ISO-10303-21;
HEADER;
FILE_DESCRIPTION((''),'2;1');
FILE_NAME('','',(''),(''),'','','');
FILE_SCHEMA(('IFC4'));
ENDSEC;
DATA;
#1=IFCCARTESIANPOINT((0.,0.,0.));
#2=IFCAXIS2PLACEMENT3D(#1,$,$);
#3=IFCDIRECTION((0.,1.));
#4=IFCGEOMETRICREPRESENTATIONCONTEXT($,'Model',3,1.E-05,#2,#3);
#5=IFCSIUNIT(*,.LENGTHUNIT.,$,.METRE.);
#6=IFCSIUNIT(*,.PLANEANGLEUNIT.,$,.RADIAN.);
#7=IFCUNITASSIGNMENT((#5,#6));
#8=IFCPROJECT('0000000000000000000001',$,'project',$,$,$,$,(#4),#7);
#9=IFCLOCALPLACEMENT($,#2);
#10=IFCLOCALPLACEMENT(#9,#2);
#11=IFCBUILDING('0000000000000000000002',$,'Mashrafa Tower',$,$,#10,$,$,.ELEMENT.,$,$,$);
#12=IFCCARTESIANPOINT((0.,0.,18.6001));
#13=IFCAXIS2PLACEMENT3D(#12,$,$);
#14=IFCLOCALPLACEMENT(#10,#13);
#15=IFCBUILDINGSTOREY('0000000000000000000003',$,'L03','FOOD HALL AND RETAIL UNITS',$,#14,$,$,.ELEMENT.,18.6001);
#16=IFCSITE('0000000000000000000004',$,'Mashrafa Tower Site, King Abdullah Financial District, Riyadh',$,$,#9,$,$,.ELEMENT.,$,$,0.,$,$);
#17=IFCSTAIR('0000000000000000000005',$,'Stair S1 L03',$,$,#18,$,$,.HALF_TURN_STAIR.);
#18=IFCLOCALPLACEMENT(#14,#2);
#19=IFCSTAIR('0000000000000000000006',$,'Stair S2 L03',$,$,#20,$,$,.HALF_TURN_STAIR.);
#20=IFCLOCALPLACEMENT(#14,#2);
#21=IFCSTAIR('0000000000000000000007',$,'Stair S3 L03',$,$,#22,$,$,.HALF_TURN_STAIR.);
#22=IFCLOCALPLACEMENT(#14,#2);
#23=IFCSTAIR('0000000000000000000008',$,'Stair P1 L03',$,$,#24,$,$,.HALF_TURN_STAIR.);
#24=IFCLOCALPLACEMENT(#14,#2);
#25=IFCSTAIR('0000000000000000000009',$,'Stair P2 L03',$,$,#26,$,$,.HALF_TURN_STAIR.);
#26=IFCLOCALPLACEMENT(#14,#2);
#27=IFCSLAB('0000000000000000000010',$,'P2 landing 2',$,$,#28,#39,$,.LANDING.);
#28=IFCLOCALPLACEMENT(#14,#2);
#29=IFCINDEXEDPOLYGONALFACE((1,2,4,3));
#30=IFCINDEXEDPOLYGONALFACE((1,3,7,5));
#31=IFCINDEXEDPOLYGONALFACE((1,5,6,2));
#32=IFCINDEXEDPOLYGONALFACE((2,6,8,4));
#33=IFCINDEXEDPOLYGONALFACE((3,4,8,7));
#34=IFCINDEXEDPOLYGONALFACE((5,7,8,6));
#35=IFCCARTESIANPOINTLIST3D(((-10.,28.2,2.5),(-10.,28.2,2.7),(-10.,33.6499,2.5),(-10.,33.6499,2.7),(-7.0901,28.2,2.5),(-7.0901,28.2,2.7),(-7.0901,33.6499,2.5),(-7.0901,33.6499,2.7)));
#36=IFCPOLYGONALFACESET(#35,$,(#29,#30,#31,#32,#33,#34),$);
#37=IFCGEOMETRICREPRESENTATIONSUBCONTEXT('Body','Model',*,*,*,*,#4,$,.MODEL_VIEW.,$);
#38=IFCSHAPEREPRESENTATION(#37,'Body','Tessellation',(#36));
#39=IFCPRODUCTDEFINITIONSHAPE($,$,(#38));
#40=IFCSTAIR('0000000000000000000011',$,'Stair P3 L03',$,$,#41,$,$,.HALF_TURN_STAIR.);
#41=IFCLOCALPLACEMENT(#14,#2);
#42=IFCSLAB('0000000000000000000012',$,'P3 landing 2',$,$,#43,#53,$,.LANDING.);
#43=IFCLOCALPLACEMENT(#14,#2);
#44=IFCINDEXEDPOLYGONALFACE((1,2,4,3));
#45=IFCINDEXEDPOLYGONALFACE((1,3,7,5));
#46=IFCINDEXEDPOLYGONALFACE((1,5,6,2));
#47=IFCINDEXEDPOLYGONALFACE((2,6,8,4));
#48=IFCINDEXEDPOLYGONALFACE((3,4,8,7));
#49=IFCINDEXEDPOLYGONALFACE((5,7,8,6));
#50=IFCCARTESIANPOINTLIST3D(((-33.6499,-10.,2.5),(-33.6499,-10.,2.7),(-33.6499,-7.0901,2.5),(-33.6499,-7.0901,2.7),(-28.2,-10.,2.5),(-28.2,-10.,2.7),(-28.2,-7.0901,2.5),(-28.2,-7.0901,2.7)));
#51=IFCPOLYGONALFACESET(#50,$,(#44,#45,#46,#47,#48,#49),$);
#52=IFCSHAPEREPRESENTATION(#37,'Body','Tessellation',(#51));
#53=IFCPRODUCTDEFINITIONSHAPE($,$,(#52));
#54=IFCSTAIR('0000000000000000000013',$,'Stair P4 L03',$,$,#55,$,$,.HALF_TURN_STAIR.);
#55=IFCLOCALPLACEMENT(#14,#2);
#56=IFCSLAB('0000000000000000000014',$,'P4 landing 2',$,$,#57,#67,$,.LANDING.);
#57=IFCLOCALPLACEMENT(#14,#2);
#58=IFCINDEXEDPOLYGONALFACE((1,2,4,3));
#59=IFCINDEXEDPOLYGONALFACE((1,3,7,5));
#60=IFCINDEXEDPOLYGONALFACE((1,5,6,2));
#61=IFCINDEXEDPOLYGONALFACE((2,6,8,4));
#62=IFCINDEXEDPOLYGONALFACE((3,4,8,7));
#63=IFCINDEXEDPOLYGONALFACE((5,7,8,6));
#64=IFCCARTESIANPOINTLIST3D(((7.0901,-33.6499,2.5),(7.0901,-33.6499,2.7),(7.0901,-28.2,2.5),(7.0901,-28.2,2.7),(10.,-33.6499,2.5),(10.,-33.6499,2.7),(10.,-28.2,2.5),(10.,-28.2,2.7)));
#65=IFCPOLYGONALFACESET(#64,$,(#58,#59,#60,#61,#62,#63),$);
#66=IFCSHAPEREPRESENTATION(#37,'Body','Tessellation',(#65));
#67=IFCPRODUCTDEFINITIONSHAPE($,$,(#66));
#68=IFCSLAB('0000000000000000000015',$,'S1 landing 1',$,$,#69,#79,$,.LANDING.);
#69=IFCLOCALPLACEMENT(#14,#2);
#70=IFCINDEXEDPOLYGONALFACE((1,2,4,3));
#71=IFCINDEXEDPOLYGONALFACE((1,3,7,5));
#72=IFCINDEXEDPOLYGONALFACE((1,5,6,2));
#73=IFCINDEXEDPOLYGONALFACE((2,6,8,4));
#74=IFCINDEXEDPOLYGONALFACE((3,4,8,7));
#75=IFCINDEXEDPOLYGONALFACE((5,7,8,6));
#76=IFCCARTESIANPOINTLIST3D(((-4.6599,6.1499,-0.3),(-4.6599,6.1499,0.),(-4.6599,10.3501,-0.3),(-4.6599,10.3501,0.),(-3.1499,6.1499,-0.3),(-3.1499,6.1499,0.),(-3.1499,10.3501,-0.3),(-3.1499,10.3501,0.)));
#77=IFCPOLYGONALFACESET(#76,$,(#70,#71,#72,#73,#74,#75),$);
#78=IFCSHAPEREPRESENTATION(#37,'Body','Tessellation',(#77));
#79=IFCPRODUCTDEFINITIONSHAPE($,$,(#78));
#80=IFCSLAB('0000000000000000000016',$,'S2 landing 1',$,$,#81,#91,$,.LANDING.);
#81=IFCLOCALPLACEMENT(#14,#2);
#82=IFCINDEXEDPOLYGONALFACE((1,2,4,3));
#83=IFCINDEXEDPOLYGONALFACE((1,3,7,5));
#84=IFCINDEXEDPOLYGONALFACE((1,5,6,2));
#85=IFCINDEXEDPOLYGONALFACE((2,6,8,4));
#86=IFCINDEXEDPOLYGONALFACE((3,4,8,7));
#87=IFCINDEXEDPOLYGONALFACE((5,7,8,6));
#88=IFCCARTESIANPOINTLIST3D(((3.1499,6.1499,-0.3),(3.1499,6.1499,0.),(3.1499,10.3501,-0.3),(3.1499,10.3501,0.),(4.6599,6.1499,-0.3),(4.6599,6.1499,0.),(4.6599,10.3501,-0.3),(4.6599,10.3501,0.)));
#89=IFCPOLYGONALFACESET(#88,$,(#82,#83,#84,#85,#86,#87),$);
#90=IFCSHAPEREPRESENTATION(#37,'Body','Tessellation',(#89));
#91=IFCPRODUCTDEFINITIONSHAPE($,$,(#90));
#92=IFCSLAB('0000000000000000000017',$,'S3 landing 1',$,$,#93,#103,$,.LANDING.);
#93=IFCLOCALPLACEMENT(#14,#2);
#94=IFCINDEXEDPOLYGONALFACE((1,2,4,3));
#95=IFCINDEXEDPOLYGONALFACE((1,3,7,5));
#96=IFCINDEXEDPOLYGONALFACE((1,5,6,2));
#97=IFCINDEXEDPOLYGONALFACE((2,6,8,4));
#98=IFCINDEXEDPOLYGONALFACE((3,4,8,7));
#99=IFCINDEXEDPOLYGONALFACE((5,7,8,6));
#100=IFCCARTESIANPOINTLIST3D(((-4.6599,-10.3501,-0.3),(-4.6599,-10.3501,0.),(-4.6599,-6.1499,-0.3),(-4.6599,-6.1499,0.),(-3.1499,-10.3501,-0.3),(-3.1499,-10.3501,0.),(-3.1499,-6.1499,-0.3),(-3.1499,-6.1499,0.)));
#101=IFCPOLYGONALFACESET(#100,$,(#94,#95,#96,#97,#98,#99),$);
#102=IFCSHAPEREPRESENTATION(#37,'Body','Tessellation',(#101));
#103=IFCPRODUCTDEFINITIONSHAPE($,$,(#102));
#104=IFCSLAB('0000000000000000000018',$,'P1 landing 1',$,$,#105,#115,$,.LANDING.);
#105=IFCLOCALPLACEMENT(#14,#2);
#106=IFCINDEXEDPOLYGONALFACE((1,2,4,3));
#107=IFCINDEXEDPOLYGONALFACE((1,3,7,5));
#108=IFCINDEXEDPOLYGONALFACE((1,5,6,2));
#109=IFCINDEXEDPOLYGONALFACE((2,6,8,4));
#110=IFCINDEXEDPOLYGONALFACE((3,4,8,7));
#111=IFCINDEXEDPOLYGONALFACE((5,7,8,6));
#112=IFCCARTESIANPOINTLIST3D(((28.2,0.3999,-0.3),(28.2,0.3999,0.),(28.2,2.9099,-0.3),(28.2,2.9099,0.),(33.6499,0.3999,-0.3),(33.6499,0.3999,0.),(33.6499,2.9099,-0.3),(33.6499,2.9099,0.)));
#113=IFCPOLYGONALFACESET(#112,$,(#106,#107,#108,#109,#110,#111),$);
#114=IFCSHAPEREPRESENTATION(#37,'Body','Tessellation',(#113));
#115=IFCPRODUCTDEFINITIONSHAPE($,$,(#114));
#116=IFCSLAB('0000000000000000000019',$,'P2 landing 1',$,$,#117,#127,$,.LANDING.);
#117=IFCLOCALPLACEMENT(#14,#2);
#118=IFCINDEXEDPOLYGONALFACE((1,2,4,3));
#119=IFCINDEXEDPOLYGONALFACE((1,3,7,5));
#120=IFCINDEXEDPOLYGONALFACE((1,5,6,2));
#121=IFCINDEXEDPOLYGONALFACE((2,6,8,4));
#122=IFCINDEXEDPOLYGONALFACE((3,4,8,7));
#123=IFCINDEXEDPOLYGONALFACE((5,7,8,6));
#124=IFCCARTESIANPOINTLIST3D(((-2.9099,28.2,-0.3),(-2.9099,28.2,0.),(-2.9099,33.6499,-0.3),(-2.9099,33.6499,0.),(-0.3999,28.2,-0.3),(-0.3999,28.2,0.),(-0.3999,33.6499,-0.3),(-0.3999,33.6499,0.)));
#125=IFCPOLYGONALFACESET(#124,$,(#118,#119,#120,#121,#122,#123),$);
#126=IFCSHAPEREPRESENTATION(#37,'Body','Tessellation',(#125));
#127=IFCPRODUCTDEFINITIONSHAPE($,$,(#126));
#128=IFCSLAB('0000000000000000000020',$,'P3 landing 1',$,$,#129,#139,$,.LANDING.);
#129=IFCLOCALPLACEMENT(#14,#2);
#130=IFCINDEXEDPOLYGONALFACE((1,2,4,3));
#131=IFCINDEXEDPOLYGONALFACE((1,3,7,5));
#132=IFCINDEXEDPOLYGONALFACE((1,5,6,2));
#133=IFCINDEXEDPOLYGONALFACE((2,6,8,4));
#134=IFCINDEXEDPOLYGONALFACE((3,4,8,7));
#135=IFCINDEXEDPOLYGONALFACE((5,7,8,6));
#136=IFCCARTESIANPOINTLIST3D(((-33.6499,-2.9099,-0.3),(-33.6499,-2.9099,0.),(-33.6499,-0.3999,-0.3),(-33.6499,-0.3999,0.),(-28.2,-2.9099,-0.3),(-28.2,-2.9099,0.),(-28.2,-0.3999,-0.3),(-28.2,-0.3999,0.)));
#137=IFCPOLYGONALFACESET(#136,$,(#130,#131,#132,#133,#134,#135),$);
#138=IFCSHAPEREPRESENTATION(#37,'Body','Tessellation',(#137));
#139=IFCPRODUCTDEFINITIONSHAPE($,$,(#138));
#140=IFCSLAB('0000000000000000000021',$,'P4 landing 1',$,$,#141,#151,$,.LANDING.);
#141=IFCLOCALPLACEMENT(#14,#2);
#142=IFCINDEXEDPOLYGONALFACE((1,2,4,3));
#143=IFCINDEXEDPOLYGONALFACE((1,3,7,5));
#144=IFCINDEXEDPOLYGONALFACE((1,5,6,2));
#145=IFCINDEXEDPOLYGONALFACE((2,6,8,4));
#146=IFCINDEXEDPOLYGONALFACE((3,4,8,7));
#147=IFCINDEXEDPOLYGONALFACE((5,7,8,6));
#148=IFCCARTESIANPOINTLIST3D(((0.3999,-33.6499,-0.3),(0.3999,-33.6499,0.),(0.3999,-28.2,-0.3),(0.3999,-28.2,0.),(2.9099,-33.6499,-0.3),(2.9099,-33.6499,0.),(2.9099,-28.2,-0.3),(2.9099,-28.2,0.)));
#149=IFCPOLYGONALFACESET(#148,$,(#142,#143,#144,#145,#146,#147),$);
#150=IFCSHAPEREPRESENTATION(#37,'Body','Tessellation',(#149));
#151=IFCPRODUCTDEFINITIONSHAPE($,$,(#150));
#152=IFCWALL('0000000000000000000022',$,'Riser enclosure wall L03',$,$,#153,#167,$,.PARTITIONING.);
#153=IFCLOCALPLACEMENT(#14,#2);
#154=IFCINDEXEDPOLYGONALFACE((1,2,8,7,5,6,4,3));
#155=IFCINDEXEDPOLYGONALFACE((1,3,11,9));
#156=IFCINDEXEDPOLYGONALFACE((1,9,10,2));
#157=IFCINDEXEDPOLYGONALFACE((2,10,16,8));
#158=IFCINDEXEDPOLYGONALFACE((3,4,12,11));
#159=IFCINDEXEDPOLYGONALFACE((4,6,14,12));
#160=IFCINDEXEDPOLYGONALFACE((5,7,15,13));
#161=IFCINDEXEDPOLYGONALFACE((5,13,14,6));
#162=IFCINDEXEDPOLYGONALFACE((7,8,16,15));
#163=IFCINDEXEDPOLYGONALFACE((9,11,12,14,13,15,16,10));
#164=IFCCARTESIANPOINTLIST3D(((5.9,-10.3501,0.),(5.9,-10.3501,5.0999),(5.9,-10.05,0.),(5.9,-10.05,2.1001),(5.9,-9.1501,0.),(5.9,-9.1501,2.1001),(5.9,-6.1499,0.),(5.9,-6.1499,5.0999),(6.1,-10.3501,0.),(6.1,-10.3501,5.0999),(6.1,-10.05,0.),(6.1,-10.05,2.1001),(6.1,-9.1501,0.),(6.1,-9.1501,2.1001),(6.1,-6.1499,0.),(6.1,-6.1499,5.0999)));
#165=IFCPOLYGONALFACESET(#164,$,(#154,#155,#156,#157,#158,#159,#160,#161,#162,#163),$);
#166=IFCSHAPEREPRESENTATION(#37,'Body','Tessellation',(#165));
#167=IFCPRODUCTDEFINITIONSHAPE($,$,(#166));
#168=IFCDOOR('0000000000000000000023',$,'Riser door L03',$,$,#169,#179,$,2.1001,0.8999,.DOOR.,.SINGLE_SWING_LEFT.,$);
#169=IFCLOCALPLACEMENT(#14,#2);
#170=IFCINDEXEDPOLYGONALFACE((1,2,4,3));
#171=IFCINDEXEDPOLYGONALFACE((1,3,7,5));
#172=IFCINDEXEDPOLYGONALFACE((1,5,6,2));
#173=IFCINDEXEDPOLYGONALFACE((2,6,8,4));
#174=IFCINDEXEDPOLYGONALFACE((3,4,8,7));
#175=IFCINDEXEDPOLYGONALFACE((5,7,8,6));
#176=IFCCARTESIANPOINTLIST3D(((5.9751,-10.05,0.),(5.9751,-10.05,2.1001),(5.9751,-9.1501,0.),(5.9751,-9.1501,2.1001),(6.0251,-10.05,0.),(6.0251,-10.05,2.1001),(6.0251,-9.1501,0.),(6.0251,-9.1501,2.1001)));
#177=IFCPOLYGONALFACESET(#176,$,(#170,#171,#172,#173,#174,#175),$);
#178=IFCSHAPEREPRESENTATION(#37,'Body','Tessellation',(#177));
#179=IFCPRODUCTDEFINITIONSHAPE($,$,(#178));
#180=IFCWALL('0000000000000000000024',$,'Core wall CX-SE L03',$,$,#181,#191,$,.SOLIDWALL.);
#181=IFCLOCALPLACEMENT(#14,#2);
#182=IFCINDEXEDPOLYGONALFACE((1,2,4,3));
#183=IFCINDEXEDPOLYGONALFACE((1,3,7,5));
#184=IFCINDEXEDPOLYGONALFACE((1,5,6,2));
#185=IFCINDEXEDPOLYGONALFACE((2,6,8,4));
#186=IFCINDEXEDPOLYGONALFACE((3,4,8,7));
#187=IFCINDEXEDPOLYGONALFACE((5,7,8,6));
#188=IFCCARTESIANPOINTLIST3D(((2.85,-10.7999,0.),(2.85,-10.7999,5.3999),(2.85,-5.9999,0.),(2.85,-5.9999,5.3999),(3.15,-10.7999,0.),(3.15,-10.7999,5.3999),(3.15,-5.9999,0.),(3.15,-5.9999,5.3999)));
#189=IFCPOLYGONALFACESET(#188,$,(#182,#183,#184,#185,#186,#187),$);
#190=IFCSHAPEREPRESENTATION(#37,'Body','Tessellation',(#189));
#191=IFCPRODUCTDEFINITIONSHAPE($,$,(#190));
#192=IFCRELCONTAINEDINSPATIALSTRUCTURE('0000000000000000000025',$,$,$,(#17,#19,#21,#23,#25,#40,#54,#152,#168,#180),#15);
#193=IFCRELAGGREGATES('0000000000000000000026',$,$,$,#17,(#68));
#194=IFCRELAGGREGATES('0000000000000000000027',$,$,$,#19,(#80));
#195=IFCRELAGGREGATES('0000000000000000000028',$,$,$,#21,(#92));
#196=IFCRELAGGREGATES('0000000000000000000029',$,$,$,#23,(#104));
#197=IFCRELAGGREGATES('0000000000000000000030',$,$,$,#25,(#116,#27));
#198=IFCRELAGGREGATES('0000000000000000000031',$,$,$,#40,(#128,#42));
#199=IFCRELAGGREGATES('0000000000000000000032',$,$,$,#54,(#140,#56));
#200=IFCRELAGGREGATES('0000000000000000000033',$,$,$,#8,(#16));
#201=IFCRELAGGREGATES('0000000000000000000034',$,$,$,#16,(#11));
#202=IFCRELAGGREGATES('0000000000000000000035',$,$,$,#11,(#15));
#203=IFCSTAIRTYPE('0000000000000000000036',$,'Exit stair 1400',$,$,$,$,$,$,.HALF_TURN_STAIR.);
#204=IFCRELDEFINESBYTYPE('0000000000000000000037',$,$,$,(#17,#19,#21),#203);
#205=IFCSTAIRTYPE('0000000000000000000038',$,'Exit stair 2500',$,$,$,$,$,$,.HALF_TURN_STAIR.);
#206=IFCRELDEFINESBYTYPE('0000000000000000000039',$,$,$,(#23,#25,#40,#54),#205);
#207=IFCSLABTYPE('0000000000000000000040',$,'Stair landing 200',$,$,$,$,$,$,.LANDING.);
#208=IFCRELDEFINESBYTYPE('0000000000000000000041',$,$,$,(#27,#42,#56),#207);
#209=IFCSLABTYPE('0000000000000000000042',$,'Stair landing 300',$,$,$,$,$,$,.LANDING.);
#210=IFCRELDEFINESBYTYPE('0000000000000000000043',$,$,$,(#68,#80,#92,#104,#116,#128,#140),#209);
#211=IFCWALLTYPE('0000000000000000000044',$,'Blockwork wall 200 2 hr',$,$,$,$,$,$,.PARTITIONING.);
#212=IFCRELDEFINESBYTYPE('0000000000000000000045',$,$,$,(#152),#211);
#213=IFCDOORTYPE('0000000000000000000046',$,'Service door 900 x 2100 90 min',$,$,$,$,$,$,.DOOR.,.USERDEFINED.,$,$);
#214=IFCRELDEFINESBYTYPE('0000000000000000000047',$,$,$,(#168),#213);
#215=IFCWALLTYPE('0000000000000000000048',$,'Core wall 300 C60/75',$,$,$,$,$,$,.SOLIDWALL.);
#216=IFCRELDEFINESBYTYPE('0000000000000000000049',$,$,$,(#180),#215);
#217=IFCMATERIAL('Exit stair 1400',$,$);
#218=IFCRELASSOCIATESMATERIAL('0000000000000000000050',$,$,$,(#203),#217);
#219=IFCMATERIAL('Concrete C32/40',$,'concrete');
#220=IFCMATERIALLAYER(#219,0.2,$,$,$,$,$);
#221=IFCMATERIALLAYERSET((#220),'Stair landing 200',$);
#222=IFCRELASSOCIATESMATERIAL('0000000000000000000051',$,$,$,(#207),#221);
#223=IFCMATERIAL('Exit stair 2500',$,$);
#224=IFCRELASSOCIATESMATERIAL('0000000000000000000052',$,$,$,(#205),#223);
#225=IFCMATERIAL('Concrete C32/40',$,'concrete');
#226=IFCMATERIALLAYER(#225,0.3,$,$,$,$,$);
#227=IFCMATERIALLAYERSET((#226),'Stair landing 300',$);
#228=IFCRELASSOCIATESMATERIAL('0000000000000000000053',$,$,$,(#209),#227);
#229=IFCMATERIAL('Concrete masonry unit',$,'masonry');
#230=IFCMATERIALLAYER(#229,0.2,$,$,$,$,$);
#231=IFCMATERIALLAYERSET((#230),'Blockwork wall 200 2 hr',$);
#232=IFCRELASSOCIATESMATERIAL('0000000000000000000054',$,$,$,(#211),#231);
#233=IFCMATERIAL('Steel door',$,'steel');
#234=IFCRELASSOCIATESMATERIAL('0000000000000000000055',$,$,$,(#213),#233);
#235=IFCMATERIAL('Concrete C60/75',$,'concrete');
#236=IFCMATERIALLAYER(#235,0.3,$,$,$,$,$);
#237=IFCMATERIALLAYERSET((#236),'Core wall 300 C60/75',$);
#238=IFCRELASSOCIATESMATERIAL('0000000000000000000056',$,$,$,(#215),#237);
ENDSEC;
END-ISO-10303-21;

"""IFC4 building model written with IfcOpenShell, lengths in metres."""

from ifc_helpers import new_model, si_unit, direction, frame, frame_2d, origin, place, context, subcontext, project, spatial, polyline, rectangle, outline, extrude, material, layer, layer_set, type_object, element, fill, aggregate, save


model = new_model("IFC4")

# Units and contexts
model_context = context("Model", 3, precision=1e-05, world=origin(), true_north=direction((0.0, 1.0)))
body_context = subcontext(model_context, "Body", "Model", "MODEL_VIEW")
ifc_project = project(units=[si_unit("LENGTHUNIT", "METRE"), si_unit("PLANEANGLEUNIT", "RADIAN")], contexts=[model_context])

# Site, building, storey
site_placement = place(None, origin())
site = spatial("IfcSite", under=ifc_project, at=site_placement, Name="Mashrafa Tower Site, King Abdullah Financial District, Riyadh", CompositionType="ELEMENT", RefElevation=0.0)
building_placement = place(site_placement, origin())
building = spatial("IfcBuilding", under=site, at=building_placement, Name="Mashrafa Tower", CompositionType="ELEMENT")
storey_placement = place(building_placement, frame((0.0, 0.0, 18.6001)))
storey = spatial("IfcBuildingStorey", under=building, at=storey_placement, Name="L03", Description="FOOD HALL AND RETAIL UNITS", CompositionType="ELEMENT", Elevation=18.6001)

# Stairs, slabs
ifc_material_1 = material(Name="Exit stair 1400")
stair_type_1 = type_object("IfcStairType", Name="Exit stair 1400", PredefinedType="HALF_TURN_STAIR", material=ifc_material_1)
stair_1_placement = place(storey_placement, origin())
stair_1 = element("IfcStair", 1, at=stair_1_placement, inside=storey, type_object=stair_type_1, Name="Stair S1 L03", PredefinedType="HALF_TURN_STAIR")
ifc_material_2 = material(Name="Concrete C32/40", Category="concrete")
ifc_layer_1 = layer(ifc_material_2, 0.2)
ifc_layer_set_1 = layer_set([ifc_layer_1], Name="Stair landing 200")
slab_type_1 = type_object("IfcSlabType", Name="Stair landing 200", PredefinedType="LANDING", material=ifc_layer_set_1)
stair_2_placement = place(storey_placement, origin())
stair_2 = element("IfcStair", 2, at=stair_2_placement, inside=storey, type_object=stair_type_1, Name="Stair S2 L03", PredefinedType="HALF_TURN_STAIR")
stair_3_placement = place(storey_placement, origin())
stair_3 = element("IfcStair", 3, at=stair_3_placement, inside=storey, type_object=stair_type_1, Name="Stair S3 L03", PredefinedType="HALF_TURN_STAIR")
ifc_material_3 = material(Name="Exit stair 2500")
stair_type_2 = type_object("IfcStairType", Name="Exit stair 2500", PredefinedType="HALF_TURN_STAIR", material=ifc_material_3)
stair_4_placement = place(storey_placement, origin())
stair_4 = element("IfcStair", 4, at=stair_4_placement, inside=storey, type_object=stair_type_2, Name="Stair P1 L03", PredefinedType="HALF_TURN_STAIR")
stair_5_placement = place(storey_placement, origin())
stair_5 = element("IfcStair", 5, at=stair_5_placement, inside=storey, type_object=stair_type_2, Name="Stair P2 L03", PredefinedType="HALF_TURN_STAIR")
slab_1_placement = place(storey_placement, frame((0.0, 0.0, 2.5)))
slab_1 = element("IfcSlab", 6, at=slab_1_placement, type_object=slab_type_1, Name="P2 landing 2", PredefinedType="LANDING", context=body_context, shape_type="SweptSolid", body=[
    extrude(outline(polyline([(-10.0, 28.2), (-7.0901, 28.2), (-7.0901, 33.6499), (-10.0, 33.6499), (-10.0, 28.2)])), origin(), (0.0, 0.0, 1.0), 0.2),
])
stair_6_placement = place(storey_placement, origin())
stair_6 = element("IfcStair", 7, at=stair_6_placement, inside=storey, type_object=stair_type_2, Name="Stair P3 L03", PredefinedType="HALF_TURN_STAIR")
slab_2_placement = place(storey_placement, frame((0.0, 0.0, 2.5)))
slab_2 = element("IfcSlab", 8, at=slab_2_placement, type_object=slab_type_1, Name="P3 landing 2", PredefinedType="LANDING", context=body_context, shape_type="SweptSolid", body=[
    extrude(outline(polyline([(-28.2, -10.0), (-28.2, -7.0901), (-33.6499, -7.0901), (-33.6499, -10.0), (-28.2, -10.0)])), origin(), (0.0, 0.0, 1.0), 0.2),
])
stair_7_placement = place(storey_placement, origin())
stair_7 = element("IfcStair", 9, at=stair_7_placement, inside=storey, type_object=stair_type_2, Name="Stair P4 L03", PredefinedType="HALF_TURN_STAIR")
slab_3_placement = place(storey_placement, frame((0.0, 0.0, 2.5)))
slab_3 = element("IfcSlab", 10, at=slab_3_placement, type_object=slab_type_1, Name="P4 landing 2", PredefinedType="LANDING", context=body_context, shape_type="SweptSolid", body=[
    extrude(outline(polyline([(7.0901, -33.6499), (10.0, -33.6499), (10.0, -28.2), (7.0901, -28.2), (7.0901, -33.6499)])), origin(), (0.0, 0.0, 1.0), 0.2),
])

# Slabs
ifc_material_4 = material(Name="Concrete C32/40", Category="concrete")
ifc_layer_2 = layer(ifc_material_4, 0.3)
ifc_layer_set_2 = layer_set([ifc_layer_2], Name="Stair landing 300")
slab_type_2 = type_object("IfcSlabType", Name="Stair landing 300", PredefinedType="LANDING", material=ifc_layer_set_2)
slab_4_placement = place(storey_placement, frame((0.0, 0.0, -0.3)))
slab_4 = element("IfcSlab", 11, at=slab_4_placement, type_object=slab_type_2, Name="S1 landing 1", PredefinedType="LANDING", context=body_context, shape_type="SweptSolid", body=[
    extrude(outline(polyline([(-4.6599, 6.1499), (-3.1499, 6.1499), (-3.1499, 10.3501), (-4.6599, 10.3501), (-4.6599, 6.1499)])), origin(), (0.0, 0.0, 1.0), 0.3),
])
aggregate(stair_1, [slab_4])
slab_5_placement = place(storey_placement, frame((0.0, 0.0, -0.3)))
slab_5 = element("IfcSlab", 12, at=slab_5_placement, type_object=slab_type_2, Name="S2 landing 1", PredefinedType="LANDING", context=body_context, shape_type="SweptSolid", body=[
    extrude(outline(polyline([(3.1499, 6.1499), (4.6599, 6.1499), (4.6599, 10.3501), (3.1499, 10.3501), (3.1499, 6.1499)])), origin(), (0.0, 0.0, 1.0), 0.3),
])
aggregate(stair_2, [slab_5])
slab_6_placement = place(storey_placement, frame((0.0, 0.0, -0.3)))
slab_6 = element("IfcSlab", 13, at=slab_6_placement, type_object=slab_type_2, Name="S3 landing 1", PredefinedType="LANDING", context=body_context, shape_type="SweptSolid", body=[
    extrude(outline(polyline([(-4.6599, -10.3501), (-3.1499, -10.3501), (-3.1499, -6.1499), (-4.6599, -6.1499), (-4.6599, -10.3501)])), origin(), (0.0, 0.0, 1.0), 0.3),
])
aggregate(stair_3, [slab_6])
slab_7_placement = place(storey_placement, frame((0.0, 0.0, -0.3)))
slab_7 = element("IfcSlab", 14, at=slab_7_placement, type_object=slab_type_2, Name="P1 landing 1", PredefinedType="LANDING", context=body_context, shape_type="SweptSolid", body=[
    extrude(outline(polyline([(33.6499, 0.3999), (33.6499, 2.9099), (28.2, 2.9099), (28.2, 0.3999), (33.6499, 0.3999)])), origin(), (0.0, 0.0, 1.0), 0.3),
])
aggregate(stair_4, [slab_7])
slab_8_placement = place(storey_placement, frame((0.0, 0.0, -0.3)))
slab_8 = element("IfcSlab", 15, at=slab_8_placement, type_object=slab_type_2, Name="P2 landing 1", PredefinedType="LANDING", context=body_context, shape_type="SweptSolid", body=[
    extrude(outline(polyline([(-2.9099, 28.2), (-0.3999, 28.2), (-0.3999, 33.6499), (-2.9099, 33.6499), (-2.9099, 28.2)])), origin(), (0.0, 0.0, 1.0), 0.3),
])
aggregate(stair_5, [slab_8, slab_1])
slab_9_placement = place(storey_placement, frame((0.0, 0.0, -0.3)))
slab_9 = element("IfcSlab", 16, at=slab_9_placement, type_object=slab_type_2, Name="P3 landing 1", PredefinedType="LANDING", context=body_context, shape_type="SweptSolid", body=[
    extrude(outline(polyline([(-28.2, -2.9099), (-28.2, -0.3999), (-33.6499, -0.3999), (-33.6499, -2.9099), (-28.2, -2.9099)])), origin(), (0.0, 0.0, 1.0), 0.3),
])
aggregate(stair_6, [slab_9, slab_2])
slab_10_placement = place(storey_placement, frame((0.0, 0.0, -0.3)))
slab_10 = element("IfcSlab", 17, at=slab_10_placement, type_object=slab_type_2, Name="P4 landing 1", PredefinedType="LANDING", context=body_context, shape_type="SweptSolid", body=[
    extrude(outline(polyline([(0.3999, -33.6499), (2.9099, -33.6499), (2.9099, -28.2), (0.3999, -28.2), (0.3999, -33.6499)])), origin(), (0.0, 0.0, 1.0), 0.3),
])
aggregate(stair_7, [slab_10, slab_3])

# Wall, opening, door
ifc_material_5 = material(Name="Concrete masonry unit", Category="masonry")
ifc_layer_3 = layer(ifc_material_5, 0.2)
ifc_layer_set_3 = layer_set([ifc_layer_3], Name="Blockwork wall 200 2 hr")
wall_type_1 = type_object("IfcWallType", Name="Blockwork wall 200 2 hr", PredefinedType="PARTITIONING", material=ifc_layer_set_3)
wall_1_placement = place(storey_placement, frame((6.0, -10.3501, 0.0), z_axis=(0.0, 0.0, 1.0), x_axis=(0.0, 1.0, 0.0)))
wall_1 = element("IfcWall", 18, at=wall_1_placement, inside=storey, type_object=wall_type_1, Name="Riser enclosure wall L03", PredefinedType="PARTITIONING", context=body_context, shape_type="SweptSolid", body=[
    extrude(rectangle(XDim=4.2002, YDim=0.2, at=frame_2d((2.1001, 0.0))), origin(), (0.0, 0.0, 1.0), 5.0999),
])
opening_placement = place(wall_1_placement, frame((0.3, 0.0, 0.0)))
opening = element("IfcOpeningElement", 19, at=opening_placement, cuts=wall_1, PredefinedType="OPENING", context=body_context, shape_type="SweptSolid", body=[
    extrude(rectangle(XDim=0.8999, YDim=2.1001, at=frame_2d((0.45, 1.05))), frame((0.0, 0.1099, 0.0), z_axis=(0.0, -1.0, 0.0), x_axis=(1.0, 0.0, 0.0)), (0.0, 0.0, 1.0), 0.22),
])
ifc_material_6 = material(Name="Steel door", Category="steel")
door_type = type_object("IfcDoorType", Name="Service door 900 x 2100 90 min", OperationType="USERDEFINED", PredefinedType="DOOR", material=ifc_material_6)
door_placement = place(opening_placement, origin())
door = element("IfcDoor", 20, at=door_placement, inside=storey, type_object=door_type, Name="Riser door L03", OperationType="SINGLE_SWING_LEFT", OverallHeight=2.1001, OverallWidth=0.8999, PredefinedType="DOOR", context=body_context, shape_type="SweptSolid", body=[
    extrude(rectangle(XDim=0.8999, YDim=2.1001, at=frame_2d((0.45, 1.05))), frame((0.0, 0.0249, 0.0), z_axis=(0.0, -1.0, 0.0), x_axis=(1.0, 0.0, 0.0)), (0.0, 0.0, 1.0), 0.05),
])
fill(opening, door)

# Wall
ifc_material_7 = material(Name="Concrete C60/75", Category="concrete")
ifc_layer_4 = layer(ifc_material_7, 0.3)
ifc_layer_set_4 = layer_set([ifc_layer_4], Name="Core wall 300 C60/75")
wall_type_2 = type_object("IfcWallType", Name="Core wall 300 C60/75", PredefinedType="SOLIDWALL", material=ifc_layer_set_4)
wall_2_placement = place(storey_placement, frame((3.0, -6.0, 0.0), z_axis=(0.0, 0.0, 1.0), x_axis=(0.0, -1.0, 0.0)))
element("IfcWall", 21, at=wall_2_placement, inside=storey, type_object=wall_type_2, Name="Core wall CX-SE L03", PredefinedType="SOLIDWALL", context=body_context, shape_type="SweptSolid", body=[
    extrude(rectangle(XDim=4.8, YDim=0.3, at=frame_2d((2.3999, 0.0))), origin(), (0.0, 0.0, 1.0), 5.3999),
])

save(model, "model.ifc")
